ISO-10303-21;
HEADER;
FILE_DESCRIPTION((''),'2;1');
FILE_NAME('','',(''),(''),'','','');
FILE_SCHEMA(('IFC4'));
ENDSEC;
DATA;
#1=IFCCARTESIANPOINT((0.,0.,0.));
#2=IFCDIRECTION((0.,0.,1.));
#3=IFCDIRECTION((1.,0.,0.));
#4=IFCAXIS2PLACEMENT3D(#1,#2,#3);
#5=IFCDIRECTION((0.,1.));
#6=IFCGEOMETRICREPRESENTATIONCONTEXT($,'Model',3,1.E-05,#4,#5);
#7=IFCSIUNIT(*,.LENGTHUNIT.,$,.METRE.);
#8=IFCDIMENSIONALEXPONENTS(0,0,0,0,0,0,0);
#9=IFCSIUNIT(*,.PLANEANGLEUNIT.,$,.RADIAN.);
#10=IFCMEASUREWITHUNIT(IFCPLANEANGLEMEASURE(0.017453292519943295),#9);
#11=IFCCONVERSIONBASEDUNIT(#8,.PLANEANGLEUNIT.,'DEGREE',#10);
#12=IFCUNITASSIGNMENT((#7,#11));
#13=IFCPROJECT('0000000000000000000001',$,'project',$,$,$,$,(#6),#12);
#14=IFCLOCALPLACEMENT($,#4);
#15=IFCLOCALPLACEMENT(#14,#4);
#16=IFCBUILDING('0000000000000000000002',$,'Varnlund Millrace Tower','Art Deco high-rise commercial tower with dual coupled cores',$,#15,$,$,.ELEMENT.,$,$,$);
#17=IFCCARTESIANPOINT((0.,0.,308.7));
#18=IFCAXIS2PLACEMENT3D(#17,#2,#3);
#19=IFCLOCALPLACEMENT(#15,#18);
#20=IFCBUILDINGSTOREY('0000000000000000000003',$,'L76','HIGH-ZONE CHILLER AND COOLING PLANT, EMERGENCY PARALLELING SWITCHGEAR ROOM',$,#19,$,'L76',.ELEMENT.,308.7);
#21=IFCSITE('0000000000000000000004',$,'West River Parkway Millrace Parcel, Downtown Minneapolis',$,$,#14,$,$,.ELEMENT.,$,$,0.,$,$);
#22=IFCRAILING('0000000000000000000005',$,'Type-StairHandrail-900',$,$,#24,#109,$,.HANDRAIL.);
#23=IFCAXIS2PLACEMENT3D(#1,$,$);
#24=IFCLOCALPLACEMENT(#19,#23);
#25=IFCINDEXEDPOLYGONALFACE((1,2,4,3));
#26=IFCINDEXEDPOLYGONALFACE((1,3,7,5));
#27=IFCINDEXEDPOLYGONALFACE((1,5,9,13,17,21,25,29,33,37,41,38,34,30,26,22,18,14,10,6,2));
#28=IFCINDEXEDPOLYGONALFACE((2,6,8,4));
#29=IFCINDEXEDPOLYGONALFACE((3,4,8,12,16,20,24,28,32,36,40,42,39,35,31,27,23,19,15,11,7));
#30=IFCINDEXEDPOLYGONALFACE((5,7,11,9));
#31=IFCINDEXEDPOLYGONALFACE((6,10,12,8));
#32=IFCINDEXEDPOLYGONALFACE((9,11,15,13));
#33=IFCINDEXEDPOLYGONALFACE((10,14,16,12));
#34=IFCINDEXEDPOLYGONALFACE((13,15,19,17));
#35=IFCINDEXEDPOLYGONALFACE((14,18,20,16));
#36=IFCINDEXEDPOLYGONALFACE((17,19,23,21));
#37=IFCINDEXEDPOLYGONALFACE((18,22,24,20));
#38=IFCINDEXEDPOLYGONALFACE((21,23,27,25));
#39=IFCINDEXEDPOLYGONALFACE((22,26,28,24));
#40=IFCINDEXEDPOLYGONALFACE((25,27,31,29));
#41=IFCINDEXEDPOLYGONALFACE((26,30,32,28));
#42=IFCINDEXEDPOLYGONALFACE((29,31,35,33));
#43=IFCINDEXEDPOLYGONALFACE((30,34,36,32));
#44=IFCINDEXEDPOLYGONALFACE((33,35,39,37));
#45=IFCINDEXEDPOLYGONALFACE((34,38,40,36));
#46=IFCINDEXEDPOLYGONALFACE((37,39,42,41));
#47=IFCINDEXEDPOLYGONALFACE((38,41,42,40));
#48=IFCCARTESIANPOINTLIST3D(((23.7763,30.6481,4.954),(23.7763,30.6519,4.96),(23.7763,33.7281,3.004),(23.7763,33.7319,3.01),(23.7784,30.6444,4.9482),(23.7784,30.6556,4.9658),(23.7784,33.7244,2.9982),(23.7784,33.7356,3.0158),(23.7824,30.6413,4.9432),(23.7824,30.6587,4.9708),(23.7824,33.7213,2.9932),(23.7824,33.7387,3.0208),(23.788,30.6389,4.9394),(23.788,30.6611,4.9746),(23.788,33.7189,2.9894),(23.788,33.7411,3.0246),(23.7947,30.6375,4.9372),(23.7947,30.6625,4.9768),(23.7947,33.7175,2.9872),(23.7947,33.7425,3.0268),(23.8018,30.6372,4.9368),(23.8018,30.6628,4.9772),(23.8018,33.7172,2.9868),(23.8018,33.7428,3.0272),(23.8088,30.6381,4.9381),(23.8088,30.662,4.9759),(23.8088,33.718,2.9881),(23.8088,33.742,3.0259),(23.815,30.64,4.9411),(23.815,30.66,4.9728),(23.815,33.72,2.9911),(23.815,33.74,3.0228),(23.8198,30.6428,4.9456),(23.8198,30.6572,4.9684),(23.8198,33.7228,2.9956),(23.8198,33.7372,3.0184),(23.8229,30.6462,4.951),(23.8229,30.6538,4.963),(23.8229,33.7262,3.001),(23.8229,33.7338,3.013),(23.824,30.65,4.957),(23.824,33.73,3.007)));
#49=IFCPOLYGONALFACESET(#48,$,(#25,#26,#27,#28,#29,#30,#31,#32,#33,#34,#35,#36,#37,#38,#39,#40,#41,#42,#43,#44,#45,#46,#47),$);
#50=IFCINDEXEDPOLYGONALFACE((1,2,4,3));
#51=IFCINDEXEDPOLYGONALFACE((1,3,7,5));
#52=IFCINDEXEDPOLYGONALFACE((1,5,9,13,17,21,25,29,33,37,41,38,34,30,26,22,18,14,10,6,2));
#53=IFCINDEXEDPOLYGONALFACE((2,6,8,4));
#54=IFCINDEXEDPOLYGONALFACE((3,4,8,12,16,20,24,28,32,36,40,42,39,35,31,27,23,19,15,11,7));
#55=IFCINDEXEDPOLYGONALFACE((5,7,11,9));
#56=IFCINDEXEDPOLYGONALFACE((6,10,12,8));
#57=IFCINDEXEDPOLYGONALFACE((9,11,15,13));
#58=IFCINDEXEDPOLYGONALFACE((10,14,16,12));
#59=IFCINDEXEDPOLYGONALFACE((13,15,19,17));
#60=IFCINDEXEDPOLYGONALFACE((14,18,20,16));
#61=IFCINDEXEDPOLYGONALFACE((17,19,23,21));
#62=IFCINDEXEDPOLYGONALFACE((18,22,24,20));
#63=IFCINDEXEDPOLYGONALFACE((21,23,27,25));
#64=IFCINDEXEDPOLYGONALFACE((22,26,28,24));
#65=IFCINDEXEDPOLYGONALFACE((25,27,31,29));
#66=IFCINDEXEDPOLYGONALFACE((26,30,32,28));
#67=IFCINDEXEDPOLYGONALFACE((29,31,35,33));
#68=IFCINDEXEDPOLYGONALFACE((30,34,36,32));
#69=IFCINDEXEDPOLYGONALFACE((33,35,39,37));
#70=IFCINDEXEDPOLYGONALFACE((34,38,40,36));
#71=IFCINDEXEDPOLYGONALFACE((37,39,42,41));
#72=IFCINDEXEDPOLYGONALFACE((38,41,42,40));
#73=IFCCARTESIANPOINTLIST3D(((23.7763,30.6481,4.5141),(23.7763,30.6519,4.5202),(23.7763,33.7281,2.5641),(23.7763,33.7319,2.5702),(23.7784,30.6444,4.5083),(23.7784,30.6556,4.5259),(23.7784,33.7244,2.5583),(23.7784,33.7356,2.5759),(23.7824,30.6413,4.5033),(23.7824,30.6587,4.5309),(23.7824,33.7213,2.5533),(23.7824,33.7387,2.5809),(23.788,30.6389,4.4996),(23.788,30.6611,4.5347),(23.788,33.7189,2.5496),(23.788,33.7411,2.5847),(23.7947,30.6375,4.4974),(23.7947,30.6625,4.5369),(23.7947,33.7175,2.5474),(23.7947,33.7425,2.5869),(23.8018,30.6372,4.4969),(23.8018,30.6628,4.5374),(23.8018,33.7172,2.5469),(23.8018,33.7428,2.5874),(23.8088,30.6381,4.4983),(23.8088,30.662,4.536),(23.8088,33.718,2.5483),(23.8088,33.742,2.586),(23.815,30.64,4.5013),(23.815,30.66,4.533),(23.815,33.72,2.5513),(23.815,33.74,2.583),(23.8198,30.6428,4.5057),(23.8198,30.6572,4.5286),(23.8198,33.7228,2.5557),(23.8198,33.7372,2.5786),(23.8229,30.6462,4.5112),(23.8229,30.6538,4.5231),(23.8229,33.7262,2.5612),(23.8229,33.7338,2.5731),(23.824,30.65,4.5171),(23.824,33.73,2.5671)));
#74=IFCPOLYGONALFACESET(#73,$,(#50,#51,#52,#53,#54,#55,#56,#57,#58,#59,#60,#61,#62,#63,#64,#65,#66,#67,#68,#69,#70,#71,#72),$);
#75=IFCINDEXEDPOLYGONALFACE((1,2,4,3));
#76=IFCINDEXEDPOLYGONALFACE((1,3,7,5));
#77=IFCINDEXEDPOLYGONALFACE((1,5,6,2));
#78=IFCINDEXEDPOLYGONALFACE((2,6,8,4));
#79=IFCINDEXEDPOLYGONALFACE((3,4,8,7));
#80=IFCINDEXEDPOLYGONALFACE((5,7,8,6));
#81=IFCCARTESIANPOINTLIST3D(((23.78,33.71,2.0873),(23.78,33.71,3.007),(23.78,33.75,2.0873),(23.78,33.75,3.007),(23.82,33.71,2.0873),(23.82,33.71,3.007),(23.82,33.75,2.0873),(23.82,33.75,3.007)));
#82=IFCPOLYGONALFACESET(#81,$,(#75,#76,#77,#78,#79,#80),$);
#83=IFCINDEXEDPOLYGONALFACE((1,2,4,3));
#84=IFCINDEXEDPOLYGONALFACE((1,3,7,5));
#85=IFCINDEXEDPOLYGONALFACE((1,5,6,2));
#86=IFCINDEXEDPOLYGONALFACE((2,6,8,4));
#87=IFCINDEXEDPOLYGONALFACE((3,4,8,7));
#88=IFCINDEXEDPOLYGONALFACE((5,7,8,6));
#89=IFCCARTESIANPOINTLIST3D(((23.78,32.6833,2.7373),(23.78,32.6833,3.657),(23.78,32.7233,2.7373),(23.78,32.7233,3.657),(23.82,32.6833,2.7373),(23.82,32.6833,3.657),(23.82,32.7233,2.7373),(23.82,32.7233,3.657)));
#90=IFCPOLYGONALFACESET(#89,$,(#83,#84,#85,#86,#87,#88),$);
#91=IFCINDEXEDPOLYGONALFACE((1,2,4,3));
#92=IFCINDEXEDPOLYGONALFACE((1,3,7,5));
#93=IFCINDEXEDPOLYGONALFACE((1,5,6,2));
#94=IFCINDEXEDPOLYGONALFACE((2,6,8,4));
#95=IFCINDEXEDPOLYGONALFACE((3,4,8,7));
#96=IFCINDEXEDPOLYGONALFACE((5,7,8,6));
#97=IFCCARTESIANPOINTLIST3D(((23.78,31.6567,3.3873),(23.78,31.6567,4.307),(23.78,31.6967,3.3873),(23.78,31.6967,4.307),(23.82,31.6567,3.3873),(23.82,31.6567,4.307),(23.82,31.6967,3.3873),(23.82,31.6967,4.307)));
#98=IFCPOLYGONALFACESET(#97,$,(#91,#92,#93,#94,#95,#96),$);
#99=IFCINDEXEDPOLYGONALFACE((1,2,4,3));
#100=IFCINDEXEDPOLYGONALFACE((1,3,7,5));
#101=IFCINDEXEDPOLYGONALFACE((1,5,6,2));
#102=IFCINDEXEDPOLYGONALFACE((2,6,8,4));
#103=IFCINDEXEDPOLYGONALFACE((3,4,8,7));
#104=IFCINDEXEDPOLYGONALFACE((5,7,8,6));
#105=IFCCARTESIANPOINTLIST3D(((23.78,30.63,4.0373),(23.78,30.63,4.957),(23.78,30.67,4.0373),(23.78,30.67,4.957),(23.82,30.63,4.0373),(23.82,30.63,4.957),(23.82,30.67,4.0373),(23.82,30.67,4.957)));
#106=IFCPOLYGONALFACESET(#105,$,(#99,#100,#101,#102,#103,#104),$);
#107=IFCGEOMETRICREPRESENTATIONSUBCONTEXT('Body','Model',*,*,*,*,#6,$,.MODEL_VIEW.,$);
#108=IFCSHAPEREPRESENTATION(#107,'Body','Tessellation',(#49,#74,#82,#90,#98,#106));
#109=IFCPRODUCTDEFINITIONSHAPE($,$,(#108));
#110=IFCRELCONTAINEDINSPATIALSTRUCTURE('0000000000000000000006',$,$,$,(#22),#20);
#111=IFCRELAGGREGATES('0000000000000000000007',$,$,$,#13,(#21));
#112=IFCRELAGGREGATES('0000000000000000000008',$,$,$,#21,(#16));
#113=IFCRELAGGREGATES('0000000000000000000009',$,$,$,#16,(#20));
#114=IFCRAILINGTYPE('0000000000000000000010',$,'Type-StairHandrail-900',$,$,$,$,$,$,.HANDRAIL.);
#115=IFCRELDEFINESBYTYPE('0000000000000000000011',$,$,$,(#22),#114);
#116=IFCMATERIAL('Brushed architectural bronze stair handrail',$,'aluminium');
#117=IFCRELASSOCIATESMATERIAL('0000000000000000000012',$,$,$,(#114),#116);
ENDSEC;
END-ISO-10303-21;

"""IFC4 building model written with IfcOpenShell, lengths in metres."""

from ifc_helpers import new_model, entity, si_unit, converted_unit, direction, frame, origin_with_axes, origin_2d_with_axis, place, context, subcontext, project, spatial, rectangle, circle, extrude, material, type_object, element, save


model = new_model("IFC4")

# Units and contexts
model_context = context("Model", 3, precision=1e-05, world=origin_with_axes(), true_north=direction((0.0, 1.0)))
body_context = subcontext(model_context, "Body", "Model", "MODEL_VIEW")
ifc_project = project(units=[si_unit("LENGTHUNIT", "METRE"), converted_unit("PLANEANGLEUNIT", "DEGREE", entity("IfcPlaneAngleMeasure", 0.017453292519943295), si_unit("PLANEANGLEUNIT", "RADIAN"), dimensions=[0, 0, 0, 0, 0, 0, 0])], contexts=[model_context])

# Site, building, storey
site_placement = place(None, origin_with_axes())
site = spatial("IfcSite", under=ifc_project, at=site_placement, Name="West River Parkway Millrace Parcel, Downtown Minneapolis", CompositionType="ELEMENT", RefElevation=0.0)
building_placement = place(site_placement, origin_with_axes())
building = spatial("IfcBuilding", under=site, at=building_placement, Name="Varnlund Millrace Tower", Description="Art Deco high-rise commercial tower with dual coupled cores", CompositionType="ELEMENT")
storey_placement = place(building_placement, frame((0.0, 0.0, 308.7), z_axis=(0.0, 0.0, 1.0), x_axis=(1.0, 0.0, 0.0)))
storey = spatial("IfcBuildingStorey", under=building, at=storey_placement, Name="L76", Description="HIGH-ZONE CHILLER AND COOLING PLANT, EMERGENCY PARALLELING SWITCHGEAR ROOM", LongName="L76", CompositionType="ELEMENT", Elevation=308.7)

# Railing
ifc_material_1 = material(Name="Brushed architectural bronze stair handrail", Category="aluminium")
railing_type_1 = type_object("IfcRailingType", Name="Type-StairHandrail-900", PredefinedType="HANDRAIL", material=ifc_material_1)
railing_1_placement = place(storey_placement, frame((0.0, 0.0, -308.7), z_axis=(0.0, 0.0, 1.0), x_axis=(1.0, 0.0, 0.0)))
element("IfcRailing", 1, at=railing_1_placement, inside=storey, type_object=railing_type_1, Name="Type-StairHandrail-900", PredefinedType="HANDRAIL", context=body_context, shape_type="SweptSolid", body=[
    extrude(circle(Radius=0.024, at=origin_2d_with_axis()), frame((23.8, 33.73, 311.707), z_axis=(0.0, -0.844902, 0.534922), x_axis=(1.0, 0.0, 0.0)), (0.0, 0.0, 1.0), 3.6454),
    extrude(circle(Radius=0.024, at=origin_2d_with_axis()), frame((23.8, 33.73, 311.2671), z_axis=(0.0, -0.844902, 0.534922), x_axis=(1.0, 0.0, 0.0)), (0.0, 0.0, 1.0), 3.6454),
    extrude(rectangle(XDim=0.04, YDim=0.04, at=origin_2d_with_axis()), frame((23.8, 33.73, 310.7873), z_axis=(0.0, 0.0, 1.0), x_axis=(1.0, 0.0, 0.0)), (0.0, 0.0, 1.0), 0.9197),
    extrude(rectangle(XDim=0.04, YDim=0.04, at=origin_2d_with_axis()), frame((23.8, 32.7033, 311.4373), z_axis=(0.0, 0.0, 1.0), x_axis=(1.0, 0.0, 0.0)), (0.0, 0.0, 1.0), 0.9197),
    extrude(rectangle(XDim=0.04, YDim=0.04, at=origin_2d_with_axis()), frame((23.8, 31.6767, 312.0873), z_axis=(0.0, 0.0, 1.0), x_axis=(1.0, 0.0, 0.0)), (0.0, 0.0, 1.0), 0.9197),
    extrude(rectangle(XDim=0.04, YDim=0.04, at=origin_2d_with_axis()), frame((23.8, 30.65, 312.7373), z_axis=(0.0, 0.0, 1.0), x_axis=(1.0, 0.0, 0.0)), (0.0, 0.0, 1.0), 0.9197),
])

save(model, "model.ifc")
